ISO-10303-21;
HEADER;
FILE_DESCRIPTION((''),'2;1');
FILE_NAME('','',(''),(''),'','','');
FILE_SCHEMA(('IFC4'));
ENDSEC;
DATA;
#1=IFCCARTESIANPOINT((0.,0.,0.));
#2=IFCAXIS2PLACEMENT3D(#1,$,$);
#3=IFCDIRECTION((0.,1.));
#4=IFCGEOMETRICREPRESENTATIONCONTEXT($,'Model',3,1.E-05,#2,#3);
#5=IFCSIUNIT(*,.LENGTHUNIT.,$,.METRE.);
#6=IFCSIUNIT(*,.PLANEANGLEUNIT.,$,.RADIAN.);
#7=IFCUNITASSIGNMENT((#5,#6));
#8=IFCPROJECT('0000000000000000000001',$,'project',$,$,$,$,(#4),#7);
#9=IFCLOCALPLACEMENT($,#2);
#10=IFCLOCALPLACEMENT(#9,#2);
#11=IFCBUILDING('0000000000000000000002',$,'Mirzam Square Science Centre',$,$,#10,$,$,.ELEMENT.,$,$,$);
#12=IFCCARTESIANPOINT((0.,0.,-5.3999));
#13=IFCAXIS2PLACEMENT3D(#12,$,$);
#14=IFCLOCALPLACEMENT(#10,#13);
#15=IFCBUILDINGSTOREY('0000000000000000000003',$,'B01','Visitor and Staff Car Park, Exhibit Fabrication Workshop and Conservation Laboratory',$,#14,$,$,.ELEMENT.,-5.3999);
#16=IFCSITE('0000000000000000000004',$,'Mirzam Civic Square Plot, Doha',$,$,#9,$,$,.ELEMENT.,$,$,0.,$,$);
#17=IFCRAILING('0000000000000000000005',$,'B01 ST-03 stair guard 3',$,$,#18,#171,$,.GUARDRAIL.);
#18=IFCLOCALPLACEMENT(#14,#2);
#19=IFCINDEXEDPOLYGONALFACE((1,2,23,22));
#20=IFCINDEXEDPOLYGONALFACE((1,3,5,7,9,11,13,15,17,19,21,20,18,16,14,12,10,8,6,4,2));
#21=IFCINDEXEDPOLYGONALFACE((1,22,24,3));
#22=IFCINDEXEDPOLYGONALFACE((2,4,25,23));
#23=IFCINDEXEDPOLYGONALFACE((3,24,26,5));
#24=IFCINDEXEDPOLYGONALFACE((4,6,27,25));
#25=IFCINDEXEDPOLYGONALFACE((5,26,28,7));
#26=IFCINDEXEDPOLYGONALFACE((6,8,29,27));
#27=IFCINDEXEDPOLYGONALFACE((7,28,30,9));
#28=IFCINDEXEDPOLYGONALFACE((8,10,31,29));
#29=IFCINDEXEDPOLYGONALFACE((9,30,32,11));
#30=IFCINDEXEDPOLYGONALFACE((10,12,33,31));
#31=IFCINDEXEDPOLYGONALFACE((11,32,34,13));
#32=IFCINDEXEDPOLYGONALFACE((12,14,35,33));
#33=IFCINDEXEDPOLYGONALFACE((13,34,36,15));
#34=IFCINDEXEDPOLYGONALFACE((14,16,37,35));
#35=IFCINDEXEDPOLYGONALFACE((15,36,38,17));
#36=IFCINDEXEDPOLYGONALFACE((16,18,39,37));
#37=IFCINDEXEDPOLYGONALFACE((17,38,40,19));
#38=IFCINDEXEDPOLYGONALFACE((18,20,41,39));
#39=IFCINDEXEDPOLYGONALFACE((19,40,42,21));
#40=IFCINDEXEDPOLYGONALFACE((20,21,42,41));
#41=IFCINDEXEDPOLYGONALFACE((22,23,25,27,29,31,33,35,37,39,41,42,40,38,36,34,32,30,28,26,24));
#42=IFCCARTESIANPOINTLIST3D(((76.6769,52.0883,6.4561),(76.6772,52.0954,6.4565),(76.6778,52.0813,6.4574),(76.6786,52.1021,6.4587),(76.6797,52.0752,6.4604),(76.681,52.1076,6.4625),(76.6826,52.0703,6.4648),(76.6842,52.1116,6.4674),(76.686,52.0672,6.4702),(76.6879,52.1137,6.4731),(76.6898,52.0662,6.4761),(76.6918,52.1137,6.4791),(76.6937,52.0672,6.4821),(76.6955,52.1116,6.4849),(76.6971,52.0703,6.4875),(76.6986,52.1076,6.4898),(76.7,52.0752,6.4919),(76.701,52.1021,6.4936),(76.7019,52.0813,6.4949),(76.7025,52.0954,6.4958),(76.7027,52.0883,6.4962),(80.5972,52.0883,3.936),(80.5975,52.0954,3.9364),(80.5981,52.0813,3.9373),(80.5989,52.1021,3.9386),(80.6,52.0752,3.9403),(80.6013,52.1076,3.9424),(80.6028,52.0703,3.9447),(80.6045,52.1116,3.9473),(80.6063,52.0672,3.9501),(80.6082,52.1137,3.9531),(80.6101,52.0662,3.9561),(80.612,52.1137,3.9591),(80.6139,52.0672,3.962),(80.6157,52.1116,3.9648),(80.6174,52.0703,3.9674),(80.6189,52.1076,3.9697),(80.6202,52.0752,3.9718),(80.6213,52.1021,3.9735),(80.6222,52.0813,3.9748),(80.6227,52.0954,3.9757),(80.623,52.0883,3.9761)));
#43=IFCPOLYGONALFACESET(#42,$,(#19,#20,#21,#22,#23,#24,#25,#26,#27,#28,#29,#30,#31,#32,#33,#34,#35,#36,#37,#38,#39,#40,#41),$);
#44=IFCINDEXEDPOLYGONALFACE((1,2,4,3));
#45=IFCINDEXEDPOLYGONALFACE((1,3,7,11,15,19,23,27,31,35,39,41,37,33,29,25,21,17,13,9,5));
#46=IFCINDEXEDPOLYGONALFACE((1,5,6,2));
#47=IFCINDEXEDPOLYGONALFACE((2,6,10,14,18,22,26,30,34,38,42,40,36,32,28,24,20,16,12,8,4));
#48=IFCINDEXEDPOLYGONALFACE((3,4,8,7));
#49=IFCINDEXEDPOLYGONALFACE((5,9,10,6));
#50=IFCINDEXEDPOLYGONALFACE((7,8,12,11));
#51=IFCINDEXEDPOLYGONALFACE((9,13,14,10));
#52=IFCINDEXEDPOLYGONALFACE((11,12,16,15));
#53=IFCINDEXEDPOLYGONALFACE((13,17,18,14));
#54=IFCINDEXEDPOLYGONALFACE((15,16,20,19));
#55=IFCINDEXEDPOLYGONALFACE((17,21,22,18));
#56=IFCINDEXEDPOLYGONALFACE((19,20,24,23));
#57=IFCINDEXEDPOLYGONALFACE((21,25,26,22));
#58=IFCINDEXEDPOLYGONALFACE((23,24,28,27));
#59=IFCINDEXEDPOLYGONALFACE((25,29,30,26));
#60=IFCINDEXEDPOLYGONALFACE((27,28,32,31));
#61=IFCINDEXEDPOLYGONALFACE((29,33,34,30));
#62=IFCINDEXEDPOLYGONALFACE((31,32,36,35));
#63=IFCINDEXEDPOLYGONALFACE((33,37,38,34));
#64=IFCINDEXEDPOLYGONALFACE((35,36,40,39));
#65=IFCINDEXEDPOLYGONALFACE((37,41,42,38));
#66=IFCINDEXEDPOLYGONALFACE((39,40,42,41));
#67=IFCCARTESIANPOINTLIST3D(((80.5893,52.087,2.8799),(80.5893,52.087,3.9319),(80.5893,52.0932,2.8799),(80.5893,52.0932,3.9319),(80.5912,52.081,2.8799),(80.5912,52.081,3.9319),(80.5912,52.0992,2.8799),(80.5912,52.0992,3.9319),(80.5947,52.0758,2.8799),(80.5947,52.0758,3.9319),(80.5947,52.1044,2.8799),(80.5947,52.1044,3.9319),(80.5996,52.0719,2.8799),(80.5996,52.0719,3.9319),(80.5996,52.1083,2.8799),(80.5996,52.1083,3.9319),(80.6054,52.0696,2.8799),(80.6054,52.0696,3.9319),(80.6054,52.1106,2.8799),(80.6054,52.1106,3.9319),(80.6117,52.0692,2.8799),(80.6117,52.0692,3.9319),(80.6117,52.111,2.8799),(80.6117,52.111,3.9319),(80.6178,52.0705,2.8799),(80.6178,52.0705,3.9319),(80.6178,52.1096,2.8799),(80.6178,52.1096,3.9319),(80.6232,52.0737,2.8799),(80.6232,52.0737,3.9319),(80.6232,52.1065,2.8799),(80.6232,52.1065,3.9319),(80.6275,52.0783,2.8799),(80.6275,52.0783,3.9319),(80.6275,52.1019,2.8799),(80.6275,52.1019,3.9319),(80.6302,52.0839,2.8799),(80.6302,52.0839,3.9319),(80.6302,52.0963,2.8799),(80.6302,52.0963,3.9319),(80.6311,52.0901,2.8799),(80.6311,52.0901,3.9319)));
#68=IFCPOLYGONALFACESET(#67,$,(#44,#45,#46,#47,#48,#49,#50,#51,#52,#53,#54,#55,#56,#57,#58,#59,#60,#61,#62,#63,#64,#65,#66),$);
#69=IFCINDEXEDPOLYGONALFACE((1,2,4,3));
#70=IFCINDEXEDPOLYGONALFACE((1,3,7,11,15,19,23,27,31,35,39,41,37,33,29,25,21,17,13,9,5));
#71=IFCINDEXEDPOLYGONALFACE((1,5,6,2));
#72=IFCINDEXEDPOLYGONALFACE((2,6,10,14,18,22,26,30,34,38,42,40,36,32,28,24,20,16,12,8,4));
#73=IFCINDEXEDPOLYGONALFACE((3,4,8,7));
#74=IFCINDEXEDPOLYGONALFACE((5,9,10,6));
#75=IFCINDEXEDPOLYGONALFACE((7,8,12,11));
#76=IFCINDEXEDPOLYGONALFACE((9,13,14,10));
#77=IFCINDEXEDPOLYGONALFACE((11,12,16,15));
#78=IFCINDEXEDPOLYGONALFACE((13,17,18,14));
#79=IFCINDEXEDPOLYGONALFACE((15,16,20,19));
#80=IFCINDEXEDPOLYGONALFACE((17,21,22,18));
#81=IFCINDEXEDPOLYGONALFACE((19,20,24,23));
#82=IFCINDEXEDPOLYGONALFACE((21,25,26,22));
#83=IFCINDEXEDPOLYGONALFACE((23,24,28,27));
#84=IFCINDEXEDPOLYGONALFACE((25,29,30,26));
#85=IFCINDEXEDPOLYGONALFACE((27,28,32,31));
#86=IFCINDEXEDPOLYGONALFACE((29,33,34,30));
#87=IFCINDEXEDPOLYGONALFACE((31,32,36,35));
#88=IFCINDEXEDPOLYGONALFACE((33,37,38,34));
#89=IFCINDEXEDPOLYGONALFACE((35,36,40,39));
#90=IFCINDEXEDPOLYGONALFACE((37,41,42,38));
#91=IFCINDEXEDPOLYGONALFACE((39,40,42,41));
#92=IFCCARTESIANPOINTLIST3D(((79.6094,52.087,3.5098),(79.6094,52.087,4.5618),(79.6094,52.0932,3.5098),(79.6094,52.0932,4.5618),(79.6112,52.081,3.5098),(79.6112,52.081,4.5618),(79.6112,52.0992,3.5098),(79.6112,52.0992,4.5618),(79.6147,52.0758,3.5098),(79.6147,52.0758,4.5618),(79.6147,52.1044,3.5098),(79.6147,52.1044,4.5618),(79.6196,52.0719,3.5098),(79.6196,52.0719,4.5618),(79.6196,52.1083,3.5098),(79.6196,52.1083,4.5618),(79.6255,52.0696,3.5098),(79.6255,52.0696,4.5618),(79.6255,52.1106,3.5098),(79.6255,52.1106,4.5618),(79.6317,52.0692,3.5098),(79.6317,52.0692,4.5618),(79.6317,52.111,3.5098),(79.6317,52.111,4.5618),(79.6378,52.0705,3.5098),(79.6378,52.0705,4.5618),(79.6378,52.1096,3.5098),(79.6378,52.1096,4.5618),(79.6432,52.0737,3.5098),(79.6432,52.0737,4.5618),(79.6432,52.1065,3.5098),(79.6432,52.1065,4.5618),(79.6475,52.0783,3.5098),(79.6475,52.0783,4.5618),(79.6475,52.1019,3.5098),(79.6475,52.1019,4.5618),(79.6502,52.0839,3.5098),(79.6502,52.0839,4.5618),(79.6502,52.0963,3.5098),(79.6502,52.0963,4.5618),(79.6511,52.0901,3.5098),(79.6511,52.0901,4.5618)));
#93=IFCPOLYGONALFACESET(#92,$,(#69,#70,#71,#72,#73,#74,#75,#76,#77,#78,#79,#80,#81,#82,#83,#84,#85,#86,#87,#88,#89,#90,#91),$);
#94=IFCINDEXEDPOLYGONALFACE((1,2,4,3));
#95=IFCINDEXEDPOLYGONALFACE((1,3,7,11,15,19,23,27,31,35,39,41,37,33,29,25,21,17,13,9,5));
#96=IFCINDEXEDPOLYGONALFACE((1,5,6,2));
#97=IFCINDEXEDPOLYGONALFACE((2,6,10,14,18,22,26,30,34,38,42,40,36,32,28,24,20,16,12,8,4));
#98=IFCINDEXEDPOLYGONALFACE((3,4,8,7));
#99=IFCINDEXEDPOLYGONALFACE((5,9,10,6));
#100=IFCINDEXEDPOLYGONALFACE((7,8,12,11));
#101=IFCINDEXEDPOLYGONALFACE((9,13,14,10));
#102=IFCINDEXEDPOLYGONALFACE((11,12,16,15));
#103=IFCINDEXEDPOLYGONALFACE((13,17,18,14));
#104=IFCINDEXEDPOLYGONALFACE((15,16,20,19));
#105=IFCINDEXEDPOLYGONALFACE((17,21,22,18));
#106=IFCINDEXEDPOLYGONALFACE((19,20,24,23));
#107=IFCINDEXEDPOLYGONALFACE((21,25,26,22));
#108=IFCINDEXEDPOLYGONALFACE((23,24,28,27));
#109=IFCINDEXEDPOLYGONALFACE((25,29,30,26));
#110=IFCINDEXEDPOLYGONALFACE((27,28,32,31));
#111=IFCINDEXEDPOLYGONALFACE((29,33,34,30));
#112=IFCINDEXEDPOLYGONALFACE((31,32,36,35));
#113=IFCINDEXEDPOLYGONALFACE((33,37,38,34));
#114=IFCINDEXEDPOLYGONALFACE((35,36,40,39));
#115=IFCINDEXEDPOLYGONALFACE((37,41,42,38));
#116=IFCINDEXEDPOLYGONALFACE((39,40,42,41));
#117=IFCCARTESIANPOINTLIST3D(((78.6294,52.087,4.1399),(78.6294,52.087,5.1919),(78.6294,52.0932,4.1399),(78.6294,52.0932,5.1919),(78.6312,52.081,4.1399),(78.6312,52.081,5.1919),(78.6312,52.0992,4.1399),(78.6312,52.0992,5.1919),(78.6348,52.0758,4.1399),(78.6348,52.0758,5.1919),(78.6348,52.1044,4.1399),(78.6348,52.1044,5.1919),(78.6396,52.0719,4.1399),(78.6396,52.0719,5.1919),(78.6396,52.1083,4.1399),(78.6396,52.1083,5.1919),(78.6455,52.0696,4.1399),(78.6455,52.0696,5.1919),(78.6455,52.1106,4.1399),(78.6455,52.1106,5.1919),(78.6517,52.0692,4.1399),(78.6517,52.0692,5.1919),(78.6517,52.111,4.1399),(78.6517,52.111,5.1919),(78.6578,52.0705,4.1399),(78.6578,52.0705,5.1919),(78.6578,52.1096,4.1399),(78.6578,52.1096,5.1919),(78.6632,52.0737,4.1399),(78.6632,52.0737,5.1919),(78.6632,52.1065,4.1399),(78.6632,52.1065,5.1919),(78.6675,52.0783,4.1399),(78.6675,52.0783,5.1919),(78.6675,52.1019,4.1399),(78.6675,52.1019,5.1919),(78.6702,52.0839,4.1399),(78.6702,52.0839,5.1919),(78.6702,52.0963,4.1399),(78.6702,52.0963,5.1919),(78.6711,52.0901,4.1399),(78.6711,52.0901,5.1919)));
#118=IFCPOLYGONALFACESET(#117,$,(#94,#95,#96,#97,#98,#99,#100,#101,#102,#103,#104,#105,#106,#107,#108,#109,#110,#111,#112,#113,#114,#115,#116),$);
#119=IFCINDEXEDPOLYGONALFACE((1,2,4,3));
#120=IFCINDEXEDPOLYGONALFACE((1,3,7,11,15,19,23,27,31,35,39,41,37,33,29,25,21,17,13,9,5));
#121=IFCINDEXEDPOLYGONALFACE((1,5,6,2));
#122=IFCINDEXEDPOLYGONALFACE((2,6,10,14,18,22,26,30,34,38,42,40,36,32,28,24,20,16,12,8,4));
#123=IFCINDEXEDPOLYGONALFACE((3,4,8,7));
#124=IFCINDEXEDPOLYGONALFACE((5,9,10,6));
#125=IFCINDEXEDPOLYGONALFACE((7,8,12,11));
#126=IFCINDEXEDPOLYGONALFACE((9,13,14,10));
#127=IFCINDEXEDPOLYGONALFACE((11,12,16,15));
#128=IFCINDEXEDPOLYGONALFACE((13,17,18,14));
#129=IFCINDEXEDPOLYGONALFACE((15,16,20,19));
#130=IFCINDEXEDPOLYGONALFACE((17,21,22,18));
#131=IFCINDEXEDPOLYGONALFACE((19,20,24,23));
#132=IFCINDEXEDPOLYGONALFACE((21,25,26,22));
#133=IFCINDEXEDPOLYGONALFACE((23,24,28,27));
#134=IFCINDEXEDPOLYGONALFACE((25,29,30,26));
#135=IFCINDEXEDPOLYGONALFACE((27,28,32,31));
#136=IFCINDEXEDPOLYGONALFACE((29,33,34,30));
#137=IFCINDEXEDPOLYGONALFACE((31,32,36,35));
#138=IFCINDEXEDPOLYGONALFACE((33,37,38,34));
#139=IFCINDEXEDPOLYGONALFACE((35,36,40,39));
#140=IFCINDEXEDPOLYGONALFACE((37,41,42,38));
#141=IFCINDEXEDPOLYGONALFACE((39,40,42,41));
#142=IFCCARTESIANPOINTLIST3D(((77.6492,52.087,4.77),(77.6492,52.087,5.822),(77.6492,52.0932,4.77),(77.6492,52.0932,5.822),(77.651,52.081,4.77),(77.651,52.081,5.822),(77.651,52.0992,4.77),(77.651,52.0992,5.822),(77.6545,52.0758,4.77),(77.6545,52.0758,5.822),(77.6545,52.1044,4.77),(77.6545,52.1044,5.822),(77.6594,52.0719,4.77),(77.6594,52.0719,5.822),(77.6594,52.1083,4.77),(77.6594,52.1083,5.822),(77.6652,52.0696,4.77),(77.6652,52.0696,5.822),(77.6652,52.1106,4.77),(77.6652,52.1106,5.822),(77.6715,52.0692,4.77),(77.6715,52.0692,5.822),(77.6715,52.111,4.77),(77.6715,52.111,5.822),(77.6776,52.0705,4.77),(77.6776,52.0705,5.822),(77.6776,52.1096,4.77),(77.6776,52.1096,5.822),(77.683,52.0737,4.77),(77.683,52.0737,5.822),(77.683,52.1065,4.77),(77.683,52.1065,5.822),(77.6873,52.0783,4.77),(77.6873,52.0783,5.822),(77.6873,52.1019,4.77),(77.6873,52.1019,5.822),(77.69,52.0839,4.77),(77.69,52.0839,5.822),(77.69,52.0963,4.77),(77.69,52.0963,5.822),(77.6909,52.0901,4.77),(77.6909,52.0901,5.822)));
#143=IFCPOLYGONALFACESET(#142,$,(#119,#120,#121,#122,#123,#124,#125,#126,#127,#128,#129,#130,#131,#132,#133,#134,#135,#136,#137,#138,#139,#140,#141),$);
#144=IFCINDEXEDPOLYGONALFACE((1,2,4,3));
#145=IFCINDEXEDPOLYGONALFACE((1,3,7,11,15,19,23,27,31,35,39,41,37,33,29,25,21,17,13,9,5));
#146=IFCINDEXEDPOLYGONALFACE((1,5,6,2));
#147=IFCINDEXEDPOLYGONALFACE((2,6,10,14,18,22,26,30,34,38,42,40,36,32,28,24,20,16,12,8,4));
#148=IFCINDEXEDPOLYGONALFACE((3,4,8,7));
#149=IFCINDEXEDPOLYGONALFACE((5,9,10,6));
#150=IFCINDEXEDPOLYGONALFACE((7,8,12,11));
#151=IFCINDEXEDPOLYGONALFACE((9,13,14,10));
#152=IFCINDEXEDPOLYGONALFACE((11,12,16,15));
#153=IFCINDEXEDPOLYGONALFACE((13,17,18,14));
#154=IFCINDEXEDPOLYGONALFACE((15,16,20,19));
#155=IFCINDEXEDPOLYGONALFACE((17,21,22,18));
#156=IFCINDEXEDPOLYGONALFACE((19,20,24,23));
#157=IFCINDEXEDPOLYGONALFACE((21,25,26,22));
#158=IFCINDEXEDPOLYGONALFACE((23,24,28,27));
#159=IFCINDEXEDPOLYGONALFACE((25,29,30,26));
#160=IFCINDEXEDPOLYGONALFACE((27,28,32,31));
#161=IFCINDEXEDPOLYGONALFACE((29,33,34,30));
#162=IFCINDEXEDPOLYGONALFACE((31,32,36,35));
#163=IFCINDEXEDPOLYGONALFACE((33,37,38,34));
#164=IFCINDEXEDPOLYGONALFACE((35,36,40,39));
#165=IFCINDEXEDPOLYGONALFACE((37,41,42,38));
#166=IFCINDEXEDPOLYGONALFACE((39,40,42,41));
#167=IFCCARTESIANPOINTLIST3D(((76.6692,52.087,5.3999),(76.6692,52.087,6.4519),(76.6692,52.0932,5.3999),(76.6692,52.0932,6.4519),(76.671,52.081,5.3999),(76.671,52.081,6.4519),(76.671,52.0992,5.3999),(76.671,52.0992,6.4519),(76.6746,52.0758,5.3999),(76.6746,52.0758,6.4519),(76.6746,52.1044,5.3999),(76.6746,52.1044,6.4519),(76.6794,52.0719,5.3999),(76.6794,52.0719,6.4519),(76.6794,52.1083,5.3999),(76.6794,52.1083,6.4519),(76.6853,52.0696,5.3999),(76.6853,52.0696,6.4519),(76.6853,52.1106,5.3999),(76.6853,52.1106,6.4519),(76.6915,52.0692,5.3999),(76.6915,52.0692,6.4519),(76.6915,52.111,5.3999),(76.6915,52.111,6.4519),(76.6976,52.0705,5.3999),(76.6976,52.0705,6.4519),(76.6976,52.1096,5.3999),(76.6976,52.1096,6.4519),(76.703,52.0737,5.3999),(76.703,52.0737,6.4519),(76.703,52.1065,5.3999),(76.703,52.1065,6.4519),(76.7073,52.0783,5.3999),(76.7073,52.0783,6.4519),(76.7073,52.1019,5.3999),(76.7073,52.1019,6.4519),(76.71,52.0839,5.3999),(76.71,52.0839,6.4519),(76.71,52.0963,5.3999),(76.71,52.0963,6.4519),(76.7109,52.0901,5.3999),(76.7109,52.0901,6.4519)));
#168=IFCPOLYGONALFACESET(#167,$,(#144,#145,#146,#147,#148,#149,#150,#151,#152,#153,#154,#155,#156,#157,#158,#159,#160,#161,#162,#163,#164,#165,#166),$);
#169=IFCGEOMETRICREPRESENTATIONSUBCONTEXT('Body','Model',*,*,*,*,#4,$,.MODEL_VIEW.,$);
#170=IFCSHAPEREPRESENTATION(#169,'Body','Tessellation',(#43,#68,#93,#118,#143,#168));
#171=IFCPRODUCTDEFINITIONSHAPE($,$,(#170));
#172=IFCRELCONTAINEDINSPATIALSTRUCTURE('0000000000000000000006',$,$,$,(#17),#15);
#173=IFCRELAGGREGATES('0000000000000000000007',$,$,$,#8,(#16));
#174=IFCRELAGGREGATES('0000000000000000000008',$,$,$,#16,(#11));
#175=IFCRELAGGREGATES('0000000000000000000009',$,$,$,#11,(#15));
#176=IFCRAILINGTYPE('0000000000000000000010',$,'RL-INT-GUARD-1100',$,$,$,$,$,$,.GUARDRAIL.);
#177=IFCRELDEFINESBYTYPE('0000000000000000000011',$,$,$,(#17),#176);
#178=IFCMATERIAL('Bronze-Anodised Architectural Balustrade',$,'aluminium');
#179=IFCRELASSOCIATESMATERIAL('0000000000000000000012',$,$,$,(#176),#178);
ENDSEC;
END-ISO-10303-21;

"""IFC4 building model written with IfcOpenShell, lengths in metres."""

from ifc_helpers import new_model, si_unit, direction, frame, origin, origin_2d, place, context, subcontext, project, spatial, circle, extrude, material, type_object, element, save


model = new_model("IFC4")

# Units and contexts
model_context = context("Model", 3, precision=1e-05, world=origin(), true_north=direction((0.0, 1.0)))
body_context = subcontext(model_context, "Body", "Model", "MODEL_VIEW")
ifc_project = project(units=[si_unit("LENGTHUNIT", "METRE"), si_unit("PLANEANGLEUNIT", "RADIAN")], contexts=[model_context])

# Site, building, storey
site_placement = place(None, origin())
site = spatial("IfcSite", under=ifc_project, at=site_placement, Name="Mirzam Civic Square Plot, Doha", CompositionType="ELEMENT", RefElevation=0.0)
building_placement = place(site_placement, origin())
building = spatial("IfcBuilding", under=site, at=building_placement, Name="Mirzam Square Science Centre", CompositionType="ELEMENT")
storey_placement = place(building_placement, frame((0.0, 0.0, -5.3999)))
storey = spatial("IfcBuildingStorey", under=building, at=storey_placement, Name="B01", Description="Visitor and Staff Car Park, Exhibit Fabrication Workshop and Conservation Laboratory", CompositionType="ELEMENT", Elevation=-5.3999)

# Railing
ifc_material_1 = material(Name="Bronze-Anodised Architectural Balustrade", Category="aluminium")
railing_type_1 = type_object("IfcRailingType", Name="RL-INT-GUARD-1100", PredefinedType="GUARDRAIL", material=ifc_material_1)
railing_1_placement = place(storey_placement, frame((80.6101, 52.0901, 2.8799)))
element("IfcRailing", 1, at=railing_1_placement, inside=storey, type_object=railing_type_1, Name="B01 ST-03 stair guard 3", PredefinedType="GUARDRAIL", context=body_context, shape_type="SweptSolid", body=[
    extrude(circle(Radius=0.0239, at=origin_2d()), frame((0.0, 0.0, 1.0762), z_axis=(-0.841187, 0.0, 0.540744), x_axis=(0.0, -1.0, 0.0)), (0.0, 0.0, 1.0), 4.6604),
    extrude(circle(Radius=0.021, at=origin_2d()), origin(), (0.0, 0.0, 1.0), 1.052),
    extrude(circle(Radius=0.021, at=origin_2d()), frame((-0.98, 0.0, 0.6299)), (0.0, 0.0, 1.0), 1.052),
    extrude(circle(Radius=0.021, at=origin_2d()), frame((-1.96, 0.0, 1.26)), (0.0, 0.0, 1.0), 1.052),
    extrude(circle(Radius=0.021, at=origin_2d()), frame((-2.9402, 0.0, 1.8901)), (0.0, 0.0, 1.0), 1.052),
    extrude(circle(Radius=0.021, at=origin_2d()), frame((-3.9202, 0.0, 2.52)), (0.0, 0.0, 1.0), 1.052),
])

save(model, "model.ifc")
